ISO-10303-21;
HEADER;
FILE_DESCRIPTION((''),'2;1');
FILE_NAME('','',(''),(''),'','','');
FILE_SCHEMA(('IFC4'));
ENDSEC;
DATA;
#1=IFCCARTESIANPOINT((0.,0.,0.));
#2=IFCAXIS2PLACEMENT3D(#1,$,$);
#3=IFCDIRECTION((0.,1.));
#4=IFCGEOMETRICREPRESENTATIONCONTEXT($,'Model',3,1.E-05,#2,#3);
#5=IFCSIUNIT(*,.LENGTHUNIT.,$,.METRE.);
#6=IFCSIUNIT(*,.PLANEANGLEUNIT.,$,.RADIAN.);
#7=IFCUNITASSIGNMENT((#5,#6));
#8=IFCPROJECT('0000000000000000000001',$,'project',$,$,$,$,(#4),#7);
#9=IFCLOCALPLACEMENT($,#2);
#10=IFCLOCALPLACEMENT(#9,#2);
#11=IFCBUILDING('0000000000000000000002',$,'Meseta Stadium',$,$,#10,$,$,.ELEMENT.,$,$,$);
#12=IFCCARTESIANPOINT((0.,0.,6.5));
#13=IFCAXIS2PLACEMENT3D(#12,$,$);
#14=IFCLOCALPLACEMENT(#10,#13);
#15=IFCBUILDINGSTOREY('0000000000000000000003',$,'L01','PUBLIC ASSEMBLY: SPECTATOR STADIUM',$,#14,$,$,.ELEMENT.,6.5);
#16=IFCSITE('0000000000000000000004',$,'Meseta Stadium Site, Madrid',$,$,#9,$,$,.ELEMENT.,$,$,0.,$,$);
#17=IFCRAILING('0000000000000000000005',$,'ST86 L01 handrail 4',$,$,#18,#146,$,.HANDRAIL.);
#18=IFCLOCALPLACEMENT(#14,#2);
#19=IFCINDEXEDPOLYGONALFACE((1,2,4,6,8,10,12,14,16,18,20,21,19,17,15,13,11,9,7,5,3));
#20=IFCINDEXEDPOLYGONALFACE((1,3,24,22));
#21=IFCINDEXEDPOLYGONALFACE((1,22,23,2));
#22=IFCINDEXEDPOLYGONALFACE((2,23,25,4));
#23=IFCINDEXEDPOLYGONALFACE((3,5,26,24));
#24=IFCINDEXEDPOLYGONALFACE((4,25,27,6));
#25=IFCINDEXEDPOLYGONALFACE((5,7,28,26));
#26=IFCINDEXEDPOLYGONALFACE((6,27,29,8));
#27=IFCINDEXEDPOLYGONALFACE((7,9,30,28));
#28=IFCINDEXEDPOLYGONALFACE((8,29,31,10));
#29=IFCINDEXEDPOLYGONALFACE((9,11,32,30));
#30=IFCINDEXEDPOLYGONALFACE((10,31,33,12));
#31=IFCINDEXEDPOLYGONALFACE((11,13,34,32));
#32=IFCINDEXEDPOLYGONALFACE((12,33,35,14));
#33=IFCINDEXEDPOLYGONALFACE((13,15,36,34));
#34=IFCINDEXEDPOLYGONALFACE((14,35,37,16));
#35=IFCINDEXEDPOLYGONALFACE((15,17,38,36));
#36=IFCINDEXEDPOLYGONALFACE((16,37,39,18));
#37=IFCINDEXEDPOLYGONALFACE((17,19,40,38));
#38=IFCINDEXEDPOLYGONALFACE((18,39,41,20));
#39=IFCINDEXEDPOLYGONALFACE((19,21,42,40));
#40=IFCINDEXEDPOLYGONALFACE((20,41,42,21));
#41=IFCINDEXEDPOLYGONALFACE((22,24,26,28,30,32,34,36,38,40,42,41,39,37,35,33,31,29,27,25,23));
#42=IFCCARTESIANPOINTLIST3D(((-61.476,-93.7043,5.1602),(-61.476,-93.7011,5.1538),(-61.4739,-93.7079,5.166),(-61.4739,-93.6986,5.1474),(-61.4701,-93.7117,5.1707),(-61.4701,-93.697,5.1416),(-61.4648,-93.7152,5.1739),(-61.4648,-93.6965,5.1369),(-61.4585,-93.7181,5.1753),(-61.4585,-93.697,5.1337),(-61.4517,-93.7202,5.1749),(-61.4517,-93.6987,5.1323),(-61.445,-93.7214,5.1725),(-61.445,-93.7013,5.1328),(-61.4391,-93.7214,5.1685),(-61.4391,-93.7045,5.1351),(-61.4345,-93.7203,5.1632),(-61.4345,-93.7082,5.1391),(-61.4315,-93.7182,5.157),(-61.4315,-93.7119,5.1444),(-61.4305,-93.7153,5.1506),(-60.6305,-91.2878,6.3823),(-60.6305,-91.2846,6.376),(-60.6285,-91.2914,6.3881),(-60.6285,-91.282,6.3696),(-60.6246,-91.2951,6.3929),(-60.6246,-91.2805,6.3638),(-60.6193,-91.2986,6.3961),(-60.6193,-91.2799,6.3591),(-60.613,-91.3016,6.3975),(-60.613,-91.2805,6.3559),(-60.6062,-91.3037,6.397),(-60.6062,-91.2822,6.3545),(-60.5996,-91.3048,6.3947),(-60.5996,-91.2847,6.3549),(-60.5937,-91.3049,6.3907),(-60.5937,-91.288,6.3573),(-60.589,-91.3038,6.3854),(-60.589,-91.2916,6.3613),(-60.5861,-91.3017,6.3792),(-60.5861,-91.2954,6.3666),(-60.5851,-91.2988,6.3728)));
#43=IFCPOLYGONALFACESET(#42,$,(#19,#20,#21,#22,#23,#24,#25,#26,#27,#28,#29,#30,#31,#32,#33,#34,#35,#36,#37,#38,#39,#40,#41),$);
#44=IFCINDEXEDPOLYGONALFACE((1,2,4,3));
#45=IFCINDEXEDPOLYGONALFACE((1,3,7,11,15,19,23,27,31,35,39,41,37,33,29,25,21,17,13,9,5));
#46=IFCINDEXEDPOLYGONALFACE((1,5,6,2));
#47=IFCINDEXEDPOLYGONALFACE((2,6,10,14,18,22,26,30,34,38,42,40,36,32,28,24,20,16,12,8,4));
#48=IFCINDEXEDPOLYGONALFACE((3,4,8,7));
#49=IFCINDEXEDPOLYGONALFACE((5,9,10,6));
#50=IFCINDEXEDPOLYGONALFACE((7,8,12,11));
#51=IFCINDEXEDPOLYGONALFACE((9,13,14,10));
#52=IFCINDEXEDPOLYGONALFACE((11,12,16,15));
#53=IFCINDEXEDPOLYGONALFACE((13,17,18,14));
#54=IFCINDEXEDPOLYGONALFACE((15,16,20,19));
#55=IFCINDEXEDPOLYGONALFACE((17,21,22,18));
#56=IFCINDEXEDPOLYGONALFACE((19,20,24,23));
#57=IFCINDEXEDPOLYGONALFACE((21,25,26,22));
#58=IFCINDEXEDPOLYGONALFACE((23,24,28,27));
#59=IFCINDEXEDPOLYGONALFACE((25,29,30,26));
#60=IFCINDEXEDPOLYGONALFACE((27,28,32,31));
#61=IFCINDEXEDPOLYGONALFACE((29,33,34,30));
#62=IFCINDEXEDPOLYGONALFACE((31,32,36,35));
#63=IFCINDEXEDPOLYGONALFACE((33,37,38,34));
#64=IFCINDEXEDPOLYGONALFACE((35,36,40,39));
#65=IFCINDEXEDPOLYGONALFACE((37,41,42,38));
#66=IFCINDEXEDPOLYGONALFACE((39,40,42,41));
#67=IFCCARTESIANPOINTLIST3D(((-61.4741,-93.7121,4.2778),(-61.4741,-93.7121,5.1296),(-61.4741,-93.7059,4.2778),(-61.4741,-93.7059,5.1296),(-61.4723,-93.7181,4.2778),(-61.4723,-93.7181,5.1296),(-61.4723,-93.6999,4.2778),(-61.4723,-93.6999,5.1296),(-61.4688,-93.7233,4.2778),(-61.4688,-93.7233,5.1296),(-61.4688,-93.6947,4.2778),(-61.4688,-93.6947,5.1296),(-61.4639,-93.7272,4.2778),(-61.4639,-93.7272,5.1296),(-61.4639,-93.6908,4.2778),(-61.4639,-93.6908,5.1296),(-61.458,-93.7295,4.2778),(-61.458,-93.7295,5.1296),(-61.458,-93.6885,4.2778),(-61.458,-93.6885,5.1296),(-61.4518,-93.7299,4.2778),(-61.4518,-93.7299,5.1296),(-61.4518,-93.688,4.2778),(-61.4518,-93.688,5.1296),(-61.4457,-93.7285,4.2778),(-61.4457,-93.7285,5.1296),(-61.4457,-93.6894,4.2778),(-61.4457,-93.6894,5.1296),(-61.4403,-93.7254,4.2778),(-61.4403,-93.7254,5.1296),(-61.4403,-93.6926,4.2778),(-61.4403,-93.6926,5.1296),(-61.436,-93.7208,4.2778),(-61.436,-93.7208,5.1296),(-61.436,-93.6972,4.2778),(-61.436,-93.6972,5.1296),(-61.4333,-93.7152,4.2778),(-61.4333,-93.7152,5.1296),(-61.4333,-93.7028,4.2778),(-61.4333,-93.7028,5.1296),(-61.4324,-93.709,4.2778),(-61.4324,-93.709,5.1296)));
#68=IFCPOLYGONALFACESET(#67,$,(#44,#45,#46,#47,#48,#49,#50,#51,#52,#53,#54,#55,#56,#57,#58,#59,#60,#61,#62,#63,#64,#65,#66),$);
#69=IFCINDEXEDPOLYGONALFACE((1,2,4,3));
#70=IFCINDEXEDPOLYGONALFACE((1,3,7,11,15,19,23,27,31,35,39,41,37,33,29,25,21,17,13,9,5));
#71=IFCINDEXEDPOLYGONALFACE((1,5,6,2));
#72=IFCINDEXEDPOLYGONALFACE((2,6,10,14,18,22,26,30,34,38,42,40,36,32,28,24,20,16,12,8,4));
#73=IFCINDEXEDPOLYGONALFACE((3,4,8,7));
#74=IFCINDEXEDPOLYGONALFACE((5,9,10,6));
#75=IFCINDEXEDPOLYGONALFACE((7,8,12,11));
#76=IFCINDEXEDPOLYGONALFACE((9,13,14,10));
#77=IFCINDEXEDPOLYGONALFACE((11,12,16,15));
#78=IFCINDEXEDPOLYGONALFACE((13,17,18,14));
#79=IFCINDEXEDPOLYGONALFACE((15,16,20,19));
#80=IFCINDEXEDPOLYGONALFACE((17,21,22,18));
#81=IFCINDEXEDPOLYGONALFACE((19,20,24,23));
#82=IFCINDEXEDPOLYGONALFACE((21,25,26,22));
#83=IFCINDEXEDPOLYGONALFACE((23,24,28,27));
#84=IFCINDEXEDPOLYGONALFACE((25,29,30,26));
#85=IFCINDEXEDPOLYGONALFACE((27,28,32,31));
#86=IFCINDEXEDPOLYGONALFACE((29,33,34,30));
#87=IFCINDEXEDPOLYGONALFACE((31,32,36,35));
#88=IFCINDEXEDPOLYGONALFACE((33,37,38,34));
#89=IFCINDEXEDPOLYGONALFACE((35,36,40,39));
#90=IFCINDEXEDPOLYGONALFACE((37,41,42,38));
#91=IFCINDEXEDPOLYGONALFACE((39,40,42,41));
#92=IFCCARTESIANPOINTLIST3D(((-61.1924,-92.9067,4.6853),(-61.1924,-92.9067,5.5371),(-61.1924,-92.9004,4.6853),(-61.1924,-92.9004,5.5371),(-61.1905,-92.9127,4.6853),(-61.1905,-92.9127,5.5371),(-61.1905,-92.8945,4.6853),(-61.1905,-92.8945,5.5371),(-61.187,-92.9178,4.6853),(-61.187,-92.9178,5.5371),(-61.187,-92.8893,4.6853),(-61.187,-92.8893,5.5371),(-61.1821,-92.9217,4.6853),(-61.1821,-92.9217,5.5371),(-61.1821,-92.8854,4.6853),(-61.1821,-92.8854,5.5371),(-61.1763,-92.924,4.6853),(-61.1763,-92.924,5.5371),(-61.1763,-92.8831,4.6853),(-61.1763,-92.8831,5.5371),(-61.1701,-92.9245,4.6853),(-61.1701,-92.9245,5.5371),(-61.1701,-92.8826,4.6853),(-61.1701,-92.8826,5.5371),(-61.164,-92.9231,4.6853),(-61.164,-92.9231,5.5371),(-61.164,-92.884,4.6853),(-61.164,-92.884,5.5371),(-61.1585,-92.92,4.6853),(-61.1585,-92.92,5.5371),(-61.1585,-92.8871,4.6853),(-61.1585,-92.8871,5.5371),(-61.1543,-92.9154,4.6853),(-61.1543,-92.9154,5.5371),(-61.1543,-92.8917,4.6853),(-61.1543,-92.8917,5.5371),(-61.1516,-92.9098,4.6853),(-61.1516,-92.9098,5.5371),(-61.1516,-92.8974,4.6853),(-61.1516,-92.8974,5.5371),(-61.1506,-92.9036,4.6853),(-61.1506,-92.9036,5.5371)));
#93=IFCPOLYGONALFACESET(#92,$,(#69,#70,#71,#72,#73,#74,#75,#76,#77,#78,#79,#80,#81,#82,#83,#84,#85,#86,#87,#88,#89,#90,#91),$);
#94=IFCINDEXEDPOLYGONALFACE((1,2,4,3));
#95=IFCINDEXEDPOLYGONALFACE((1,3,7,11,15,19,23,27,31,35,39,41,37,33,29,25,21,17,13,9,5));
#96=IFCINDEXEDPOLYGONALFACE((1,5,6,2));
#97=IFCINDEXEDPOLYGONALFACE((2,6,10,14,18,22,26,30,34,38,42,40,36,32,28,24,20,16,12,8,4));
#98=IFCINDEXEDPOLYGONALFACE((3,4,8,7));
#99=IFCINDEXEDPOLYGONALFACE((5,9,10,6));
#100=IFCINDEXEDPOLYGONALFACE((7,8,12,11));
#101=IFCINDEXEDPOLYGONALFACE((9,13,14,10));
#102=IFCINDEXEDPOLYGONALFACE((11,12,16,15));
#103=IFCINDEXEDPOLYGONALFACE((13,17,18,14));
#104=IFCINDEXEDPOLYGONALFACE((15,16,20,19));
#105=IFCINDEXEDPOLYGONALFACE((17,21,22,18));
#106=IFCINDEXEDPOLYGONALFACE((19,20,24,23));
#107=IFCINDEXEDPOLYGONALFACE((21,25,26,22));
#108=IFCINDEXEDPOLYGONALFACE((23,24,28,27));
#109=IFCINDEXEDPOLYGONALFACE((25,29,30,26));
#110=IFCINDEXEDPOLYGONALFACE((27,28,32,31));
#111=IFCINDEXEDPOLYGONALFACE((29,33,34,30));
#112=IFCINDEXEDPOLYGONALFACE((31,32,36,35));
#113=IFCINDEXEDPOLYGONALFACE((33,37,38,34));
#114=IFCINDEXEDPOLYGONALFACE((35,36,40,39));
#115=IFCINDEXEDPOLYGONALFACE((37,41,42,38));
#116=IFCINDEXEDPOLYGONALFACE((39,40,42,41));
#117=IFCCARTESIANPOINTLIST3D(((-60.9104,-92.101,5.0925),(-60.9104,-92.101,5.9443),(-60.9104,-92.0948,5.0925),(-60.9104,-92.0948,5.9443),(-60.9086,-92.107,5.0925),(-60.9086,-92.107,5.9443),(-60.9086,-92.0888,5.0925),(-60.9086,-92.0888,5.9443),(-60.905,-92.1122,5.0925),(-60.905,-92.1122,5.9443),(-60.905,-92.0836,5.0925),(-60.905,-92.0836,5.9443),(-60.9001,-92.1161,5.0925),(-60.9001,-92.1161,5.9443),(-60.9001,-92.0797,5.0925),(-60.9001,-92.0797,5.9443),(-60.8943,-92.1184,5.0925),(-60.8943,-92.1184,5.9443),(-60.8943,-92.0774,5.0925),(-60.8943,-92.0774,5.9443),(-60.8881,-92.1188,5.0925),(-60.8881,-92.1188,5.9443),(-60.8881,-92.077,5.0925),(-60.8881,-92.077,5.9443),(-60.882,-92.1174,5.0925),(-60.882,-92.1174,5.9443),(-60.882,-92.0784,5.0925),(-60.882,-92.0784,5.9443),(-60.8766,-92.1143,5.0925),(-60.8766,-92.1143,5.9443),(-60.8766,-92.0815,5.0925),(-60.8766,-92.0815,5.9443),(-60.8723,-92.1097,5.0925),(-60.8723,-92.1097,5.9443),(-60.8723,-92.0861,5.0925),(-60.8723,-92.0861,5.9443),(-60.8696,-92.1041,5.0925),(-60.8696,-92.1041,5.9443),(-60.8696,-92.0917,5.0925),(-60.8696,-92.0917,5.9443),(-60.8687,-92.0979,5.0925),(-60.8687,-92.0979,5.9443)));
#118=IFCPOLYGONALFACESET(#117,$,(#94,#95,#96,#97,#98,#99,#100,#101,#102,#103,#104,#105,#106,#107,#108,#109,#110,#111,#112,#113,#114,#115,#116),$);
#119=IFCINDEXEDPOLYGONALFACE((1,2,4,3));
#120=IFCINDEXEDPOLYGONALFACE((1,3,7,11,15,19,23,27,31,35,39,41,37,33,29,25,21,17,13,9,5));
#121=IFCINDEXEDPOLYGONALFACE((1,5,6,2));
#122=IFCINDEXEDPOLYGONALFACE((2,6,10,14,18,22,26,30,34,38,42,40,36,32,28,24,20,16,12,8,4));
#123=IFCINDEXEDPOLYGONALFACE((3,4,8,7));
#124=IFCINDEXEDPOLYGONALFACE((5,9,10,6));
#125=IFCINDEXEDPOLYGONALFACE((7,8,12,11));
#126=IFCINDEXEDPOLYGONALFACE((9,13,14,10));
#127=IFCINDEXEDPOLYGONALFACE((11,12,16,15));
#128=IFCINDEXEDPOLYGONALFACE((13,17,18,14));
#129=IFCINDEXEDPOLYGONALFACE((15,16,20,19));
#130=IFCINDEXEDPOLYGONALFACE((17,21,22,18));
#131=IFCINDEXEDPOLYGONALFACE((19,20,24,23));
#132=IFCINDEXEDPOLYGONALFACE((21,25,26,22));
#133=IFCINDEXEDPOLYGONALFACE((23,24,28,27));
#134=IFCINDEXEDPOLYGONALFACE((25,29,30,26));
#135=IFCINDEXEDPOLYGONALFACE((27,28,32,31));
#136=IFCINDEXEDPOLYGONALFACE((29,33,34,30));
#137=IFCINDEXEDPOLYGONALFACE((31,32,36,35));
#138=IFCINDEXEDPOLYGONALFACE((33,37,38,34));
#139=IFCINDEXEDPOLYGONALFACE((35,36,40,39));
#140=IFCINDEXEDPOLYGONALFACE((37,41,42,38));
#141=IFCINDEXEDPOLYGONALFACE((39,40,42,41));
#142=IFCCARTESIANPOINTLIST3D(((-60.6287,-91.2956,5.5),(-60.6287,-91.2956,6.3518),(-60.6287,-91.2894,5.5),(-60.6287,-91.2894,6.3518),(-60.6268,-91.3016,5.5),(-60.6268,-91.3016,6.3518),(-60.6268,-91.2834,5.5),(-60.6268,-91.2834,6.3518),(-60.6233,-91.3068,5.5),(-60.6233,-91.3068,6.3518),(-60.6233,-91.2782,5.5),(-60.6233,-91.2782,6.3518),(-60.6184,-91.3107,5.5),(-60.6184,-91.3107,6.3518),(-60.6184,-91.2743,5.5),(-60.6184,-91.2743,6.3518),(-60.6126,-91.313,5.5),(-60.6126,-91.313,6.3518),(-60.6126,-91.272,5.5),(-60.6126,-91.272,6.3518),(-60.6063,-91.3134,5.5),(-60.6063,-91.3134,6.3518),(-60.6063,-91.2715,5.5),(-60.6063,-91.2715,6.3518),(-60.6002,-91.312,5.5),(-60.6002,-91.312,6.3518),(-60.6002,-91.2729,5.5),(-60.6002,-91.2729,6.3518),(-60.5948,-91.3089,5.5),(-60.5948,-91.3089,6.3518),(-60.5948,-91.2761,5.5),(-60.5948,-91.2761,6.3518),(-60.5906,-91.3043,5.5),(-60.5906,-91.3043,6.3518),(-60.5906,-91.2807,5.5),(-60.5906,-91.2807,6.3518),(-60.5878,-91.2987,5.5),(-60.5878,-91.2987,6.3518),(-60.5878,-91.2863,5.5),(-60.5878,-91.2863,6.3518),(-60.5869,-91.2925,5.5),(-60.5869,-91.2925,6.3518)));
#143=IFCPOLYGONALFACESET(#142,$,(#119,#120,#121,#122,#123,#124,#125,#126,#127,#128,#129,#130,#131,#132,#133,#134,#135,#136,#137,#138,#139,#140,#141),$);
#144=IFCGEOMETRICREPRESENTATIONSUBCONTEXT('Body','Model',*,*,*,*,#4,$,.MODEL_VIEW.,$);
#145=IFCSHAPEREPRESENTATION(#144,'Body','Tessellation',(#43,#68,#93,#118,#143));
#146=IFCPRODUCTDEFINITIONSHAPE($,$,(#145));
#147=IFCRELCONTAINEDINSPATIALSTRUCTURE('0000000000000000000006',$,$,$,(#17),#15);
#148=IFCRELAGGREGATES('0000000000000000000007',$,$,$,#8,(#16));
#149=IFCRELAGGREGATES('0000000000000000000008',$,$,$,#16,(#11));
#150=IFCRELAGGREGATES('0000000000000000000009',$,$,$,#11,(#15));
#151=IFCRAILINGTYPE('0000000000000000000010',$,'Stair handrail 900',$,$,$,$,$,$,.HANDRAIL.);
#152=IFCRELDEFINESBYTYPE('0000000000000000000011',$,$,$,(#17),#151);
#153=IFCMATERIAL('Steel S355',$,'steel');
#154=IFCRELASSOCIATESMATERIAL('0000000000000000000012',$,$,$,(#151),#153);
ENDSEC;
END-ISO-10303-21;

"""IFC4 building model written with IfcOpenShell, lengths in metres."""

from ifc_helpers import new_model, si_unit, direction, frame, origin, origin_2d, place, context, subcontext, project, spatial, circle, extrude, material, type_object, element, save


model = new_model("IFC4")

# Units and contexts
model_context = context("Model", 3, precision=1e-05, world=origin(), true_north=direction((0.0, 1.0)))
body_context = subcontext(model_context, "Body", "Model", "MODEL_VIEW")
ifc_project = project(units=[si_unit("LENGTHUNIT", "METRE"), si_unit("PLANEANGLEUNIT", "RADIAN")], contexts=[model_context])

# Site, building, storey
site_placement = place(None, origin())
site = spatial("IfcSite", under=ifc_project, at=site_placement, Name="Meseta Stadium Site, Madrid", CompositionType="ELEMENT", RefElevation=0.0)
building_placement = place(site_placement, origin())
building = spatial("IfcBuilding", under=site, at=building_placement, Name="Meseta Stadium", CompositionType="ELEMENT")
storey_placement = place(building_placement, frame((0.0, 0.0, 6.5)))
storey = spatial("IfcBuildingStorey", under=building, at=storey_placement, Name="L01", Description="PUBLIC ASSEMBLY: SPECTATOR STADIUM", CompositionType="ELEMENT", Elevation=6.5)

# Railing
ifc_material_1 = material(Name="Steel S355", Category="steel")
railing_type_1 = type_object("IfcRailingType", Name="Stair handrail 900", PredefinedType="HANDRAIL", material=ifc_material_1)
for number, where, name in (
    (1, (-61.4534, -93.709, 4.2778), "ST86 L01 handrail 4"),
):
    element("IfcRailing", number, at=place(storey_placement, frame(where)), inside=storey, type_object=railing_type_1, Name=name, PredefinedType="HANDRAIL", context=body_context, shape_type="SweptSolid", body=[
        extrude(circle(Radius=0.0239, at=origin_2d()), frame((0.0, 0.0, 0.876), z_axis=(0.298022, 0.851812, 0.430811), x_axis=(-0.943897, 0.33024, 0.0)), (0.0, 0.0, 1.0), 2.8369),
        extrude(circle(Radius=0.021, at=origin_2d()), origin(), (0.0, 0.0, 1.0), 0.8518),
        extrude(circle(Radius=0.021, at=origin_2d()), frame((0.2817, 0.8054, 0.4075)), (0.0, 0.0, 1.0), 0.8518),
        extrude(circle(Radius=0.021, at=origin_2d()), frame((0.5637, 1.6111, 0.8147)), (0.0, 0.0, 1.0), 0.8518),
        extrude(circle(Radius=0.021, at=origin_2d()), frame((0.8455, 2.4165, 1.2222)), (0.0, 0.0, 1.0), 0.8518),
    ])

save(model, "model.ifc")
